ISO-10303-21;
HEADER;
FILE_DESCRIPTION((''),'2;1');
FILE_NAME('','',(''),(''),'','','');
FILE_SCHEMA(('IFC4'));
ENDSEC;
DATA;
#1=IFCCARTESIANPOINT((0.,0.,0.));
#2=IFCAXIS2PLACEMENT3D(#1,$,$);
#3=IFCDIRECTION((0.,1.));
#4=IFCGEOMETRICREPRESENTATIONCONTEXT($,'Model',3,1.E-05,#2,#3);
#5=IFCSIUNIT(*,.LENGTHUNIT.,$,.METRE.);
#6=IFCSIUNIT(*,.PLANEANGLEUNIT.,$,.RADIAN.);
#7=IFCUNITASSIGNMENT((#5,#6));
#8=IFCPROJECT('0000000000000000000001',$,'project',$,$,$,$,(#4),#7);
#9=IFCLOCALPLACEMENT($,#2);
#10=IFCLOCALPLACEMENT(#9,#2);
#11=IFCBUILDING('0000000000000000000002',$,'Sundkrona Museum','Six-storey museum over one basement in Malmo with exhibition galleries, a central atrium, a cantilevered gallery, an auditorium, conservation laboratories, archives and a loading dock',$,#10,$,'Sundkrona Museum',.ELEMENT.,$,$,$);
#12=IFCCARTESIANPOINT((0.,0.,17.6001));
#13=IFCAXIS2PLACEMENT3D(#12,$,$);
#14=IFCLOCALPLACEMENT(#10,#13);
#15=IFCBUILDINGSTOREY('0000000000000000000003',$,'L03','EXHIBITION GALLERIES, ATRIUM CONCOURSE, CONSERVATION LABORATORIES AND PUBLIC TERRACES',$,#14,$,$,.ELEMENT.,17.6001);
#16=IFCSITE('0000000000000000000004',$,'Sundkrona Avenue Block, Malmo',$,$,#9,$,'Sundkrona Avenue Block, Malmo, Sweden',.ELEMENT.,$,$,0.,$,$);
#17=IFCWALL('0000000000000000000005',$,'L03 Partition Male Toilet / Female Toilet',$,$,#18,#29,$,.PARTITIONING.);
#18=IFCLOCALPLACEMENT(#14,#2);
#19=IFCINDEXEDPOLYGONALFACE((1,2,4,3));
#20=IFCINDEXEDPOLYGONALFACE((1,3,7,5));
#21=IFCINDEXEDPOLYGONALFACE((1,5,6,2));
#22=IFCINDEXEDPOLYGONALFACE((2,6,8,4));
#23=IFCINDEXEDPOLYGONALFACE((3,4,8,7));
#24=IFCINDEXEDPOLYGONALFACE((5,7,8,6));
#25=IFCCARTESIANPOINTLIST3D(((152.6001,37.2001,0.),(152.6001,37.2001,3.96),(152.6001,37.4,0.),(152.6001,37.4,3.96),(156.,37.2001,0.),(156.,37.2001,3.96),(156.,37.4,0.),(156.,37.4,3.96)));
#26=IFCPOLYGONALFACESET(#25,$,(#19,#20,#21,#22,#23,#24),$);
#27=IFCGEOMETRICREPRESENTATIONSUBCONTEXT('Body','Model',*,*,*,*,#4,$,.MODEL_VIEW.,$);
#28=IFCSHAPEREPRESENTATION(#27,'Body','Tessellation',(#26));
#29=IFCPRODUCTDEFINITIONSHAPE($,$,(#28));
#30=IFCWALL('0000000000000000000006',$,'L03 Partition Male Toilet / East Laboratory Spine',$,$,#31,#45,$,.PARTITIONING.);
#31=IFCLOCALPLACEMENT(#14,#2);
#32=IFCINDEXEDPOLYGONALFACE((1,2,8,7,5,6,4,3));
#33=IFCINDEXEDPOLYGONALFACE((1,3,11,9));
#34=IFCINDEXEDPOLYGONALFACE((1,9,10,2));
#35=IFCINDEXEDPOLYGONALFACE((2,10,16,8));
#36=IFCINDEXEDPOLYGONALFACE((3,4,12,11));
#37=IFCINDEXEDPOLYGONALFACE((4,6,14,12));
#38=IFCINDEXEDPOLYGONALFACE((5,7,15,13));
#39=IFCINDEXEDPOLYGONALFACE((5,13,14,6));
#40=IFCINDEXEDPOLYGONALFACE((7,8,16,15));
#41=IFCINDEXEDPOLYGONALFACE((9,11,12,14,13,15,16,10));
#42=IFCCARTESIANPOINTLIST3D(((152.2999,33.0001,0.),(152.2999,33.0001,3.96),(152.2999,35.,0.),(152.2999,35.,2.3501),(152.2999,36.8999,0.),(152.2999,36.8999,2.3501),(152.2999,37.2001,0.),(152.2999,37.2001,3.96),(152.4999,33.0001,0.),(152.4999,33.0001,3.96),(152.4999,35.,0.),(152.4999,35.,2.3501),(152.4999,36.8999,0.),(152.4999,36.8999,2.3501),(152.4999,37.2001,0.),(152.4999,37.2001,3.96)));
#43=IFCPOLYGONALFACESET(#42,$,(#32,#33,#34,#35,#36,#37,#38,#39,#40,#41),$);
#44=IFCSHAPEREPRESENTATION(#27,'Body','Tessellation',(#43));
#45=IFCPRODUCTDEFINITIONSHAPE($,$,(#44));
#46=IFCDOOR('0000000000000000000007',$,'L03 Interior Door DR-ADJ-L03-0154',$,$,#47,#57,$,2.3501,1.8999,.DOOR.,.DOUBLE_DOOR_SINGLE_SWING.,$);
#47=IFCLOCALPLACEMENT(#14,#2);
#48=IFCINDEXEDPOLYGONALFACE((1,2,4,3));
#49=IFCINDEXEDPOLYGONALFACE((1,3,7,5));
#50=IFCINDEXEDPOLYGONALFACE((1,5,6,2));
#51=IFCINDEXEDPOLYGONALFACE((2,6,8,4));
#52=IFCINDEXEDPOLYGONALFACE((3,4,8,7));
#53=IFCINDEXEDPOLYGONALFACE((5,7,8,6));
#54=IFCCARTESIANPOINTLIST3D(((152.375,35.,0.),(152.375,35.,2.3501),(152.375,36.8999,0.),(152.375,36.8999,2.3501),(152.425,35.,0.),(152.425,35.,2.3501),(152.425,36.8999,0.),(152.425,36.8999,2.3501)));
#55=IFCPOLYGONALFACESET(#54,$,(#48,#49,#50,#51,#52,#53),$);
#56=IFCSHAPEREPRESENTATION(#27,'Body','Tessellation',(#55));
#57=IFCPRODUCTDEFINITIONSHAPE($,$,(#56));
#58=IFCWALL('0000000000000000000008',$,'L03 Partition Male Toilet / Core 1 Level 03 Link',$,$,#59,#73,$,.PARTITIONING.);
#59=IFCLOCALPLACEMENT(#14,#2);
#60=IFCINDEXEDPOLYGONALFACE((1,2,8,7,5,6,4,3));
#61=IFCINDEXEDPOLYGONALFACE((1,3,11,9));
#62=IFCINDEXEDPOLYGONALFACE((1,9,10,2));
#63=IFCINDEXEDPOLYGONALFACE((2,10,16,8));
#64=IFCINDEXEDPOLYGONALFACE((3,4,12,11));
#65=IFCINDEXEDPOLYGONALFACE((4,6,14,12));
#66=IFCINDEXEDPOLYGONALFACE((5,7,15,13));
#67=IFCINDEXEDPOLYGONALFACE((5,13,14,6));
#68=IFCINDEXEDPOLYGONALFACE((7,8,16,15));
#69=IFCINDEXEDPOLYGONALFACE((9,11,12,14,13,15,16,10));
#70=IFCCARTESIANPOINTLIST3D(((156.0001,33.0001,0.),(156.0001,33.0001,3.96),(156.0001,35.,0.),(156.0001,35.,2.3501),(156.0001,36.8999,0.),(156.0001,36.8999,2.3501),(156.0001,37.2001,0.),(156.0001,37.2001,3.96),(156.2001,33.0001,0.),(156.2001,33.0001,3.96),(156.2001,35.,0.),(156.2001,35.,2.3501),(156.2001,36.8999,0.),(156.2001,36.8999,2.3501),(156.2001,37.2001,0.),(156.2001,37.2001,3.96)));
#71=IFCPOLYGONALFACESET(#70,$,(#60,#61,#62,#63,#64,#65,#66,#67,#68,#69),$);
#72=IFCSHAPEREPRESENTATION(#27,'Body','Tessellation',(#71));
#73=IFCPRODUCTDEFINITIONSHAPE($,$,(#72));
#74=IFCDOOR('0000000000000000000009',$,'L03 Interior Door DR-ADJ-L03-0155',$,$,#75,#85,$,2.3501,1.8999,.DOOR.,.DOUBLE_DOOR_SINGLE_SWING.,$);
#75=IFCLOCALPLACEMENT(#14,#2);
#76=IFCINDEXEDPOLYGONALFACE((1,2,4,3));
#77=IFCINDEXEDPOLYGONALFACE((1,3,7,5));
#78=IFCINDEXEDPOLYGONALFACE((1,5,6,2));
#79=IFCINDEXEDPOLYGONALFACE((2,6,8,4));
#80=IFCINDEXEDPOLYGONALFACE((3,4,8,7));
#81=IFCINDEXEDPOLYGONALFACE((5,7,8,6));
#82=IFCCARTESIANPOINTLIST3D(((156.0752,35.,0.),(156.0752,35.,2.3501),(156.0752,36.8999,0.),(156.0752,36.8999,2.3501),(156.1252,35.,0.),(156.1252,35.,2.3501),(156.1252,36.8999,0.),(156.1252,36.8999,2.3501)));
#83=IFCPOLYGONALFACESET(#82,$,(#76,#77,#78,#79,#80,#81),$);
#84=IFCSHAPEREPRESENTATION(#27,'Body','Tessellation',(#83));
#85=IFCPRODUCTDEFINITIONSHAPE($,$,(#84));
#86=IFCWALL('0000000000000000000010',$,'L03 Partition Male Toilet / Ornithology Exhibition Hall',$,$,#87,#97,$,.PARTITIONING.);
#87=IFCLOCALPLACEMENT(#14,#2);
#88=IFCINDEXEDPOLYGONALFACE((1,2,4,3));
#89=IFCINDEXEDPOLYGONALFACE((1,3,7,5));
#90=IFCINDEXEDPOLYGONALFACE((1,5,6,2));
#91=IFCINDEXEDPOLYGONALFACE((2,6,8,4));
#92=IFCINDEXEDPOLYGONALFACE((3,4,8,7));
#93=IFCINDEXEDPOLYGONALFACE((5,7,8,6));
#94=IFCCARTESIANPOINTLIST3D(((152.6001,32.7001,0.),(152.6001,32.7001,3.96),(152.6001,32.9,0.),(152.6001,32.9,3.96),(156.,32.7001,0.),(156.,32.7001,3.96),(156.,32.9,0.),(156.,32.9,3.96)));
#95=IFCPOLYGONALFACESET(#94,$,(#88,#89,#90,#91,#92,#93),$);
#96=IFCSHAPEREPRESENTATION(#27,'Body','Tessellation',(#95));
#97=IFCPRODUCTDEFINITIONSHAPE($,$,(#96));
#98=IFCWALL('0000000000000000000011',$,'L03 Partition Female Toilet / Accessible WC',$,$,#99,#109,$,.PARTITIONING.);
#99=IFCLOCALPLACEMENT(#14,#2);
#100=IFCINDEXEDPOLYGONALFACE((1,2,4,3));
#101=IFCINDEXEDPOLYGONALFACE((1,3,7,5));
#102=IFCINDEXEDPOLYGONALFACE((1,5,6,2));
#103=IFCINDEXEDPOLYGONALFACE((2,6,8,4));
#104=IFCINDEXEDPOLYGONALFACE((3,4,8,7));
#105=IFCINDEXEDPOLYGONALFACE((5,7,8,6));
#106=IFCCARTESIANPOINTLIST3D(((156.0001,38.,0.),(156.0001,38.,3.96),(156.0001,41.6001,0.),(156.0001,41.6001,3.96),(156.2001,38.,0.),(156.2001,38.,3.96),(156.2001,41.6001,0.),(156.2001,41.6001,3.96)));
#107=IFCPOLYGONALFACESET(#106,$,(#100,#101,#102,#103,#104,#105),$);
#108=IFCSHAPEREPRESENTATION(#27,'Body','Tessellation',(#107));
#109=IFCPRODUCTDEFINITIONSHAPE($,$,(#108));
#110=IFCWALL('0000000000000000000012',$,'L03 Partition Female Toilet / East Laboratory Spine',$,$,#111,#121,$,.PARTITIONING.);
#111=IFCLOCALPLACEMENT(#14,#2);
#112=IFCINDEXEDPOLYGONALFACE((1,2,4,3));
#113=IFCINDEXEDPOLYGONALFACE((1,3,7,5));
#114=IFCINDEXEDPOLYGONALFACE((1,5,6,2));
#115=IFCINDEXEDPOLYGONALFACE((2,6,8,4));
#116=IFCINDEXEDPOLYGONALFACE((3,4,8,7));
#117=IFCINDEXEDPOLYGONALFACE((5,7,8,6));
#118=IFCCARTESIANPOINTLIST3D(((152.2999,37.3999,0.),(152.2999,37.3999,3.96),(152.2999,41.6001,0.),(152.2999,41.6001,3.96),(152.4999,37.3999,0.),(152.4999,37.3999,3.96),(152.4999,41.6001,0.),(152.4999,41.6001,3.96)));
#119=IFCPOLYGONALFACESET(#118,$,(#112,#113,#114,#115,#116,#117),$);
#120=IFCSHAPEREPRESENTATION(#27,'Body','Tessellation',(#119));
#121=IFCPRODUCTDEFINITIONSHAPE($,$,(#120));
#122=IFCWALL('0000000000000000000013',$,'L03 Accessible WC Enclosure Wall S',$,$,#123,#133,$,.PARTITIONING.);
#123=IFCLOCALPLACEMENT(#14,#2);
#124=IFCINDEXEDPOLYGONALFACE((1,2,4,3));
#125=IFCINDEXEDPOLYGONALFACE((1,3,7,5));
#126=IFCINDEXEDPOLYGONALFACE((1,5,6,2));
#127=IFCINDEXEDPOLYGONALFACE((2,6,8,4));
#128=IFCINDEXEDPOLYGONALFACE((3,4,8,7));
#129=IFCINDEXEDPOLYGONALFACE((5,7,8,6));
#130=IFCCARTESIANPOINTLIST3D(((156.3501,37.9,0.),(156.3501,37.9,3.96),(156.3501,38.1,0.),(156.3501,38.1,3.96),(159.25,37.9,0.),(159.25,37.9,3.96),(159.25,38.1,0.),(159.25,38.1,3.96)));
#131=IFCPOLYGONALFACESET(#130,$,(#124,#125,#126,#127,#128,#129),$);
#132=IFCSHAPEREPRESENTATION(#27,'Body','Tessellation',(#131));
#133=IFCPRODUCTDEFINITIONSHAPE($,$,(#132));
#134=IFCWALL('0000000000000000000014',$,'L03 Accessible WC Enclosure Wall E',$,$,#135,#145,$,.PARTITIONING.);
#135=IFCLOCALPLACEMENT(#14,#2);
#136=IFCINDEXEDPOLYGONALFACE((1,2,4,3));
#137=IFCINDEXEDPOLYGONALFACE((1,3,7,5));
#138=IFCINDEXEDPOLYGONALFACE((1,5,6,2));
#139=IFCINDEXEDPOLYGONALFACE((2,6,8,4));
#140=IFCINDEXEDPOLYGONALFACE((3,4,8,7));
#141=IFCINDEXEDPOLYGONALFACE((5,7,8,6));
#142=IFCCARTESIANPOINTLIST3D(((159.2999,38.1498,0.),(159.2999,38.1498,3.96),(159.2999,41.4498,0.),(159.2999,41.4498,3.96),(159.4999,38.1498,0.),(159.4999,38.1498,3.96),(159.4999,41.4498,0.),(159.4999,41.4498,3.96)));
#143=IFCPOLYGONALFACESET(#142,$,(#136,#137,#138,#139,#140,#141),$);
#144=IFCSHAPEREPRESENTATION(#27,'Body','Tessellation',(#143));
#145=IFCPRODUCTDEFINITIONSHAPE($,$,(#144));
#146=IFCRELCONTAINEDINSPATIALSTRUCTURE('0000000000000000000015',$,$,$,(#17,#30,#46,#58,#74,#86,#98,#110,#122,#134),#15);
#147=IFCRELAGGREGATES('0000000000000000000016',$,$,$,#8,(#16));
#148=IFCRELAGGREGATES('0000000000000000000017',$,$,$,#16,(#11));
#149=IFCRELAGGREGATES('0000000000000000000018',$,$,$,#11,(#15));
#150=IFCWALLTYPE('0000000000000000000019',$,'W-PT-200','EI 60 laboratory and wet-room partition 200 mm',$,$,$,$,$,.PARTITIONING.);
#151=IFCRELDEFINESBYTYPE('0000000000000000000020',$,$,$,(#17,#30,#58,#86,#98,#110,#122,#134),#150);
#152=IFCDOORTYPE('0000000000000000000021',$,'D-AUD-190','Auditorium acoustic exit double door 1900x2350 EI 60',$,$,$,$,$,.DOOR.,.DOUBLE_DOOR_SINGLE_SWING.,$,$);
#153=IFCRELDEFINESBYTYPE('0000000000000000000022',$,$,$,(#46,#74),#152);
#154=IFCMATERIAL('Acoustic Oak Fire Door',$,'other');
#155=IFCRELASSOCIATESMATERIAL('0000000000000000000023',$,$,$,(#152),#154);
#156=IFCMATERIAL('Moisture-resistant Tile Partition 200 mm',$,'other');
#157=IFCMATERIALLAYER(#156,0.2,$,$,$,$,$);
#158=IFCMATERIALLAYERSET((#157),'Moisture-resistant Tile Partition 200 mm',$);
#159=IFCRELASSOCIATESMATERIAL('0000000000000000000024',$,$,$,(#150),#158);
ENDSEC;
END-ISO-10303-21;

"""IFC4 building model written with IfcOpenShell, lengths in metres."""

from ifc_helpers import new_model, si_unit, direction, frame, frame_2d, origin, place, context, subcontext, project, spatial, rectangle, extrude, material, layer, layer_set, type_object, element, fill, save


model = new_model("IFC4")

# Units and contexts
model_context = context("Model", 3, precision=1e-05, world=origin(), true_north=direction((0.0, 1.0)))
body_context = subcontext(model_context, "Body", "Model", "MODEL_VIEW")
ifc_project = project(units=[si_unit("LENGTHUNIT", "METRE"), si_unit("PLANEANGLEUNIT", "RADIAN")], contexts=[model_context])

# Site, building, storey
site_placement = place(None, origin())
site = spatial("IfcSite", under=ifc_project, at=site_placement, Name="Sundkrona Avenue Block, Malmo", LongName="Sundkrona Avenue Block, Malmo, Sweden", CompositionType="ELEMENT", RefElevation=0.0)
building_placement = place(site_placement, origin())
building = spatial("IfcBuilding", under=site, at=building_placement, Name="Sundkrona Museum", Description="Six-storey museum over one basement in Malmo with exhibition galleries, a central atrium, a cantilevered gallery, an auditorium, conservation laboratories, archives and a loading dock", LongName="Sundkrona Museum", CompositionType="ELEMENT")
storey_placement = place(building_placement, frame((0.0, 0.0, 17.6001)))
storey = spatial("IfcBuildingStorey", under=building, at=storey_placement, Name="L03", Description="EXHIBITION GALLERIES, ATRIUM CONCOURSE, CONSERVATION LABORATORIES AND PUBLIC TERRACES", CompositionType="ELEMENT", Elevation=17.6001)

# Shared definitions
ifc_material_1 = material(Name="Acoustic Oak Fire Door", Category="other")
door_type_1 = type_object("IfcDoorType", Name="D-AUD-190", Description="Auditorium acoustic exit double door 1900x2350 EI 60", OperationType="DOUBLE_DOOR_SINGLE_SWING", PredefinedType="DOOR", material=ifc_material_1)
ifc_material_2 = material(Name="Moisture-resistant Tile Partition 200 mm", Category="other")
ifc_layer_1 = layer(ifc_material_2, 0.2)
ifc_layer_set_1 = layer_set([ifc_layer_1], Name="Moisture-resistant Tile Partition 200 mm")
wall_type_1 = type_object("IfcWallType", Name="W-PT-200", Description="EI 60 laboratory and wet-room partition 200 mm", PredefinedType="PARTITIONING", material=ifc_layer_set_1)

# Wall
wall_1_placement = place(storey_placement, frame((152.6001, 37.3, 0.0), z_axis=(0.0, 0.0, 1.0), x_axis=(1.0, 0.0, 0.0)))
element("IfcWall", 1, at=wall_1_placement, inside=storey, type_object=wall_type_1, Name="L03 Partition Male Toilet / Female Toilet", PredefinedType="PARTITIONING", context=body_context, shape_type="SweptSolid", body=[
    extrude(rectangle(XDim=3.3999, YDim=0.2, at=frame_2d((1.7, 0.0))), origin(), (0.0, 0.0, 1.0), 3.96),
])

# Walls, openings, doors
wall_2_placement = place(storey_placement, frame((152.3999, 33.0, 0.0), z_axis=(0.0, 0.0, 1.0), x_axis=(0.0, 1.0, 0.0)))
wall_2 = element("IfcWall", 2, at=wall_2_placement, inside=storey, type_object=wall_type_1, Name="L03 Partition Male Toilet / East Laboratory Spine", PredefinedType="PARTITIONING", context=body_context, shape_type="SweptSolid", body=[
    extrude(rectangle(XDim=4.2, YDim=0.2, at=frame_2d((2.1001, 0.0))), origin(), (0.0, 0.0, 1.0), 3.96),
])
opening_1_placement = place(wall_2_placement, frame((2.0, 0.0, 0.0)))
opening_1 = element("IfcOpeningElement", 3, at=opening_1_placement, cuts=wall_2, PredefinedType="OPENING", context=body_context, shape_type="SweptSolid", body=[
    extrude(rectangle(XDim=1.8999, YDim=2.3501, at=frame_2d((0.95, 1.175))), frame((0.0, 0.1099, 0.0), z_axis=(0.0, -1.0, 0.0), x_axis=(1.0, 0.0, 0.0)), (0.0, 0.0, 1.0), 0.22),
])
door_1_placement = place(opening_1_placement, origin())
door_1 = element("IfcDoor", 4, at=door_1_placement, inside=storey, type_object=door_type_1, Name="L03 Interior Door DR-ADJ-L03-0154", OperationType="DOUBLE_DOOR_SINGLE_SWING", OverallHeight=2.3501, OverallWidth=1.8999, PredefinedType="DOOR", context=body_context, shape_type="SweptSolid", body=[
    extrude(rectangle(XDim=1.8999, YDim=2.3501, at=frame_2d((0.95, 1.175))), frame((0.0, 0.0249, 0.0), z_axis=(0.0, -1.0, 0.0), x_axis=(1.0, 0.0, 0.0)), (0.0, 0.0, 1.0), 0.05),
])
fill(opening_1, door_1)
wall_3_placement = place(storey_placement, frame((156.1001, 33.0, 0.0), z_axis=(0.0, 0.0, 1.0), x_axis=(0.0, 1.0, 0.0)))
wall_3 = element("IfcWall", 5, at=wall_3_placement, inside=storey, type_object=wall_type_1, Name="L03 Partition Male Toilet / Core 1 Level 03 Link", PredefinedType="PARTITIONING", context=body_context, shape_type="SweptSolid", body=[
    extrude(rectangle(XDim=4.2, YDim=0.2, at=frame_2d((2.1001, 0.0))), origin(), (0.0, 0.0, 1.0), 3.96),
])
opening_2_placement = place(wall_3_placement, frame((2.0, 0.0, 0.0)))
opening_2 = element("IfcOpeningElement", 6, at=opening_2_placement, cuts=wall_3, PredefinedType="OPENING", context=body_context, shape_type="SweptSolid", body=[
    extrude(rectangle(XDim=1.8999, YDim=2.3501, at=frame_2d((0.95, 1.175))), frame((0.0, 0.1099, 0.0), z_axis=(0.0, -1.0, 0.0), x_axis=(1.0, 0.0, 0.0)), (0.0, 0.0, 1.0), 0.22),
])
door_2_placement = place(opening_2_placement, origin())
door_2 = element("IfcDoor", 7, at=door_2_placement, inside=storey, type_object=door_type_1, Name="L03 Interior Door DR-ADJ-L03-0155", OperationType="DOUBLE_DOOR_SINGLE_SWING", OverallHeight=2.3501, OverallWidth=1.8999, PredefinedType="DOOR", context=body_context, shape_type="SweptSolid", body=[
    extrude(rectangle(XDim=1.8999, YDim=2.3501, at=frame_2d((0.95, 1.175))), frame((0.0, 0.0249, 0.0), z_axis=(0.0, -1.0, 0.0), x_axis=(1.0, 0.0, 0.0)), (0.0, 0.0, 1.0), 0.05),
])
fill(opening_2, door_2)

# Walls
wall_4_placement = place(storey_placement, frame((152.6001, 32.8, 0.0), z_axis=(0.0, 0.0, 1.0), x_axis=(1.0, 0.0, 0.0)))
element("IfcWall", 8, at=wall_4_placement, inside=storey, type_object=wall_type_1, Name="L03 Partition Male Toilet / Ornithology Exhibition Hall", PredefinedType="PARTITIONING", context=body_context, shape_type="SweptSolid", body=[
    extrude(rectangle(XDim=3.3999, YDim=0.2, at=frame_2d((1.7, 0.0))), origin(), (0.0, 0.0, 1.0), 3.96),
])
wall_5_placement = place(storey_placement, frame((156.1001, 38.0, 0.0), z_axis=(0.0, 0.0, 1.0), x_axis=(0.0, 1.0, 0.0)))
element("IfcWall", 9, at=wall_5_placement, inside=storey, type_object=wall_type_1, Name="L03 Partition Female Toilet / Accessible WC", PredefinedType="PARTITIONING", context=body_context, shape_type="SweptSolid", body=[
    extrude(rectangle(XDim=3.6001, YDim=0.2, at=frame_2d((1.8, 0.0))), origin(), (0.0, 0.0, 1.0), 3.96),
])
wall_6_placement = place(storey_placement, frame((152.3999, 37.3999, 0.0), z_axis=(0.0, 0.0, 1.0), x_axis=(0.0, 1.0, 0.0)))
element("IfcWall", 10, at=wall_6_placement, inside=storey, type_object=wall_type_1, Name="L03 Partition Female Toilet / East Laboratory Spine", PredefinedType="PARTITIONING", context=body_context, shape_type="SweptSolid", body=[
    extrude(rectangle(XDim=4.2002, YDim=0.2, at=frame_2d((2.1001, 0.0))), origin(), (0.0, 0.0, 1.0), 3.96),
])
wall_7_placement = place(storey_placement, frame((156.3501, 38.0, 0.0), z_axis=(0.0, 0.0, 1.0), x_axis=(1.0, 0.0, 0.0)))
element("IfcWall", 11, at=wall_7_placement, inside=storey, type_object=wall_type_1, Name="L03 Accessible WC Enclosure Wall S", PredefinedType="PARTITIONING", context=body_context, shape_type="SweptSolid", body=[
    extrude(rectangle(XDim=2.8999, YDim=0.2, at=frame_2d((1.45, 0.0))), origin(), (0.0, 0.0, 1.0), 3.96),
])
wall_8_placement = place(storey_placement, frame((159.3999, 38.1499, 0.0), z_axis=(0.0, 0.0, 1.0), x_axis=(0.0, 1.0, 0.0)))
element("IfcWall", 12, at=wall_8_placement, inside=storey, type_object=wall_type_1, Name="L03 Accessible WC Enclosure Wall E", PredefinedType="PARTITIONING", context=body_context, shape_type="SweptSolid", body=[
    extrude(rectangle(XDim=3.3, YDim=0.2, at=frame_2d((1.6499, 0.0))), origin(), (0.0, 0.0, 1.0), 3.96),
])

save(model, "model.ifc")
